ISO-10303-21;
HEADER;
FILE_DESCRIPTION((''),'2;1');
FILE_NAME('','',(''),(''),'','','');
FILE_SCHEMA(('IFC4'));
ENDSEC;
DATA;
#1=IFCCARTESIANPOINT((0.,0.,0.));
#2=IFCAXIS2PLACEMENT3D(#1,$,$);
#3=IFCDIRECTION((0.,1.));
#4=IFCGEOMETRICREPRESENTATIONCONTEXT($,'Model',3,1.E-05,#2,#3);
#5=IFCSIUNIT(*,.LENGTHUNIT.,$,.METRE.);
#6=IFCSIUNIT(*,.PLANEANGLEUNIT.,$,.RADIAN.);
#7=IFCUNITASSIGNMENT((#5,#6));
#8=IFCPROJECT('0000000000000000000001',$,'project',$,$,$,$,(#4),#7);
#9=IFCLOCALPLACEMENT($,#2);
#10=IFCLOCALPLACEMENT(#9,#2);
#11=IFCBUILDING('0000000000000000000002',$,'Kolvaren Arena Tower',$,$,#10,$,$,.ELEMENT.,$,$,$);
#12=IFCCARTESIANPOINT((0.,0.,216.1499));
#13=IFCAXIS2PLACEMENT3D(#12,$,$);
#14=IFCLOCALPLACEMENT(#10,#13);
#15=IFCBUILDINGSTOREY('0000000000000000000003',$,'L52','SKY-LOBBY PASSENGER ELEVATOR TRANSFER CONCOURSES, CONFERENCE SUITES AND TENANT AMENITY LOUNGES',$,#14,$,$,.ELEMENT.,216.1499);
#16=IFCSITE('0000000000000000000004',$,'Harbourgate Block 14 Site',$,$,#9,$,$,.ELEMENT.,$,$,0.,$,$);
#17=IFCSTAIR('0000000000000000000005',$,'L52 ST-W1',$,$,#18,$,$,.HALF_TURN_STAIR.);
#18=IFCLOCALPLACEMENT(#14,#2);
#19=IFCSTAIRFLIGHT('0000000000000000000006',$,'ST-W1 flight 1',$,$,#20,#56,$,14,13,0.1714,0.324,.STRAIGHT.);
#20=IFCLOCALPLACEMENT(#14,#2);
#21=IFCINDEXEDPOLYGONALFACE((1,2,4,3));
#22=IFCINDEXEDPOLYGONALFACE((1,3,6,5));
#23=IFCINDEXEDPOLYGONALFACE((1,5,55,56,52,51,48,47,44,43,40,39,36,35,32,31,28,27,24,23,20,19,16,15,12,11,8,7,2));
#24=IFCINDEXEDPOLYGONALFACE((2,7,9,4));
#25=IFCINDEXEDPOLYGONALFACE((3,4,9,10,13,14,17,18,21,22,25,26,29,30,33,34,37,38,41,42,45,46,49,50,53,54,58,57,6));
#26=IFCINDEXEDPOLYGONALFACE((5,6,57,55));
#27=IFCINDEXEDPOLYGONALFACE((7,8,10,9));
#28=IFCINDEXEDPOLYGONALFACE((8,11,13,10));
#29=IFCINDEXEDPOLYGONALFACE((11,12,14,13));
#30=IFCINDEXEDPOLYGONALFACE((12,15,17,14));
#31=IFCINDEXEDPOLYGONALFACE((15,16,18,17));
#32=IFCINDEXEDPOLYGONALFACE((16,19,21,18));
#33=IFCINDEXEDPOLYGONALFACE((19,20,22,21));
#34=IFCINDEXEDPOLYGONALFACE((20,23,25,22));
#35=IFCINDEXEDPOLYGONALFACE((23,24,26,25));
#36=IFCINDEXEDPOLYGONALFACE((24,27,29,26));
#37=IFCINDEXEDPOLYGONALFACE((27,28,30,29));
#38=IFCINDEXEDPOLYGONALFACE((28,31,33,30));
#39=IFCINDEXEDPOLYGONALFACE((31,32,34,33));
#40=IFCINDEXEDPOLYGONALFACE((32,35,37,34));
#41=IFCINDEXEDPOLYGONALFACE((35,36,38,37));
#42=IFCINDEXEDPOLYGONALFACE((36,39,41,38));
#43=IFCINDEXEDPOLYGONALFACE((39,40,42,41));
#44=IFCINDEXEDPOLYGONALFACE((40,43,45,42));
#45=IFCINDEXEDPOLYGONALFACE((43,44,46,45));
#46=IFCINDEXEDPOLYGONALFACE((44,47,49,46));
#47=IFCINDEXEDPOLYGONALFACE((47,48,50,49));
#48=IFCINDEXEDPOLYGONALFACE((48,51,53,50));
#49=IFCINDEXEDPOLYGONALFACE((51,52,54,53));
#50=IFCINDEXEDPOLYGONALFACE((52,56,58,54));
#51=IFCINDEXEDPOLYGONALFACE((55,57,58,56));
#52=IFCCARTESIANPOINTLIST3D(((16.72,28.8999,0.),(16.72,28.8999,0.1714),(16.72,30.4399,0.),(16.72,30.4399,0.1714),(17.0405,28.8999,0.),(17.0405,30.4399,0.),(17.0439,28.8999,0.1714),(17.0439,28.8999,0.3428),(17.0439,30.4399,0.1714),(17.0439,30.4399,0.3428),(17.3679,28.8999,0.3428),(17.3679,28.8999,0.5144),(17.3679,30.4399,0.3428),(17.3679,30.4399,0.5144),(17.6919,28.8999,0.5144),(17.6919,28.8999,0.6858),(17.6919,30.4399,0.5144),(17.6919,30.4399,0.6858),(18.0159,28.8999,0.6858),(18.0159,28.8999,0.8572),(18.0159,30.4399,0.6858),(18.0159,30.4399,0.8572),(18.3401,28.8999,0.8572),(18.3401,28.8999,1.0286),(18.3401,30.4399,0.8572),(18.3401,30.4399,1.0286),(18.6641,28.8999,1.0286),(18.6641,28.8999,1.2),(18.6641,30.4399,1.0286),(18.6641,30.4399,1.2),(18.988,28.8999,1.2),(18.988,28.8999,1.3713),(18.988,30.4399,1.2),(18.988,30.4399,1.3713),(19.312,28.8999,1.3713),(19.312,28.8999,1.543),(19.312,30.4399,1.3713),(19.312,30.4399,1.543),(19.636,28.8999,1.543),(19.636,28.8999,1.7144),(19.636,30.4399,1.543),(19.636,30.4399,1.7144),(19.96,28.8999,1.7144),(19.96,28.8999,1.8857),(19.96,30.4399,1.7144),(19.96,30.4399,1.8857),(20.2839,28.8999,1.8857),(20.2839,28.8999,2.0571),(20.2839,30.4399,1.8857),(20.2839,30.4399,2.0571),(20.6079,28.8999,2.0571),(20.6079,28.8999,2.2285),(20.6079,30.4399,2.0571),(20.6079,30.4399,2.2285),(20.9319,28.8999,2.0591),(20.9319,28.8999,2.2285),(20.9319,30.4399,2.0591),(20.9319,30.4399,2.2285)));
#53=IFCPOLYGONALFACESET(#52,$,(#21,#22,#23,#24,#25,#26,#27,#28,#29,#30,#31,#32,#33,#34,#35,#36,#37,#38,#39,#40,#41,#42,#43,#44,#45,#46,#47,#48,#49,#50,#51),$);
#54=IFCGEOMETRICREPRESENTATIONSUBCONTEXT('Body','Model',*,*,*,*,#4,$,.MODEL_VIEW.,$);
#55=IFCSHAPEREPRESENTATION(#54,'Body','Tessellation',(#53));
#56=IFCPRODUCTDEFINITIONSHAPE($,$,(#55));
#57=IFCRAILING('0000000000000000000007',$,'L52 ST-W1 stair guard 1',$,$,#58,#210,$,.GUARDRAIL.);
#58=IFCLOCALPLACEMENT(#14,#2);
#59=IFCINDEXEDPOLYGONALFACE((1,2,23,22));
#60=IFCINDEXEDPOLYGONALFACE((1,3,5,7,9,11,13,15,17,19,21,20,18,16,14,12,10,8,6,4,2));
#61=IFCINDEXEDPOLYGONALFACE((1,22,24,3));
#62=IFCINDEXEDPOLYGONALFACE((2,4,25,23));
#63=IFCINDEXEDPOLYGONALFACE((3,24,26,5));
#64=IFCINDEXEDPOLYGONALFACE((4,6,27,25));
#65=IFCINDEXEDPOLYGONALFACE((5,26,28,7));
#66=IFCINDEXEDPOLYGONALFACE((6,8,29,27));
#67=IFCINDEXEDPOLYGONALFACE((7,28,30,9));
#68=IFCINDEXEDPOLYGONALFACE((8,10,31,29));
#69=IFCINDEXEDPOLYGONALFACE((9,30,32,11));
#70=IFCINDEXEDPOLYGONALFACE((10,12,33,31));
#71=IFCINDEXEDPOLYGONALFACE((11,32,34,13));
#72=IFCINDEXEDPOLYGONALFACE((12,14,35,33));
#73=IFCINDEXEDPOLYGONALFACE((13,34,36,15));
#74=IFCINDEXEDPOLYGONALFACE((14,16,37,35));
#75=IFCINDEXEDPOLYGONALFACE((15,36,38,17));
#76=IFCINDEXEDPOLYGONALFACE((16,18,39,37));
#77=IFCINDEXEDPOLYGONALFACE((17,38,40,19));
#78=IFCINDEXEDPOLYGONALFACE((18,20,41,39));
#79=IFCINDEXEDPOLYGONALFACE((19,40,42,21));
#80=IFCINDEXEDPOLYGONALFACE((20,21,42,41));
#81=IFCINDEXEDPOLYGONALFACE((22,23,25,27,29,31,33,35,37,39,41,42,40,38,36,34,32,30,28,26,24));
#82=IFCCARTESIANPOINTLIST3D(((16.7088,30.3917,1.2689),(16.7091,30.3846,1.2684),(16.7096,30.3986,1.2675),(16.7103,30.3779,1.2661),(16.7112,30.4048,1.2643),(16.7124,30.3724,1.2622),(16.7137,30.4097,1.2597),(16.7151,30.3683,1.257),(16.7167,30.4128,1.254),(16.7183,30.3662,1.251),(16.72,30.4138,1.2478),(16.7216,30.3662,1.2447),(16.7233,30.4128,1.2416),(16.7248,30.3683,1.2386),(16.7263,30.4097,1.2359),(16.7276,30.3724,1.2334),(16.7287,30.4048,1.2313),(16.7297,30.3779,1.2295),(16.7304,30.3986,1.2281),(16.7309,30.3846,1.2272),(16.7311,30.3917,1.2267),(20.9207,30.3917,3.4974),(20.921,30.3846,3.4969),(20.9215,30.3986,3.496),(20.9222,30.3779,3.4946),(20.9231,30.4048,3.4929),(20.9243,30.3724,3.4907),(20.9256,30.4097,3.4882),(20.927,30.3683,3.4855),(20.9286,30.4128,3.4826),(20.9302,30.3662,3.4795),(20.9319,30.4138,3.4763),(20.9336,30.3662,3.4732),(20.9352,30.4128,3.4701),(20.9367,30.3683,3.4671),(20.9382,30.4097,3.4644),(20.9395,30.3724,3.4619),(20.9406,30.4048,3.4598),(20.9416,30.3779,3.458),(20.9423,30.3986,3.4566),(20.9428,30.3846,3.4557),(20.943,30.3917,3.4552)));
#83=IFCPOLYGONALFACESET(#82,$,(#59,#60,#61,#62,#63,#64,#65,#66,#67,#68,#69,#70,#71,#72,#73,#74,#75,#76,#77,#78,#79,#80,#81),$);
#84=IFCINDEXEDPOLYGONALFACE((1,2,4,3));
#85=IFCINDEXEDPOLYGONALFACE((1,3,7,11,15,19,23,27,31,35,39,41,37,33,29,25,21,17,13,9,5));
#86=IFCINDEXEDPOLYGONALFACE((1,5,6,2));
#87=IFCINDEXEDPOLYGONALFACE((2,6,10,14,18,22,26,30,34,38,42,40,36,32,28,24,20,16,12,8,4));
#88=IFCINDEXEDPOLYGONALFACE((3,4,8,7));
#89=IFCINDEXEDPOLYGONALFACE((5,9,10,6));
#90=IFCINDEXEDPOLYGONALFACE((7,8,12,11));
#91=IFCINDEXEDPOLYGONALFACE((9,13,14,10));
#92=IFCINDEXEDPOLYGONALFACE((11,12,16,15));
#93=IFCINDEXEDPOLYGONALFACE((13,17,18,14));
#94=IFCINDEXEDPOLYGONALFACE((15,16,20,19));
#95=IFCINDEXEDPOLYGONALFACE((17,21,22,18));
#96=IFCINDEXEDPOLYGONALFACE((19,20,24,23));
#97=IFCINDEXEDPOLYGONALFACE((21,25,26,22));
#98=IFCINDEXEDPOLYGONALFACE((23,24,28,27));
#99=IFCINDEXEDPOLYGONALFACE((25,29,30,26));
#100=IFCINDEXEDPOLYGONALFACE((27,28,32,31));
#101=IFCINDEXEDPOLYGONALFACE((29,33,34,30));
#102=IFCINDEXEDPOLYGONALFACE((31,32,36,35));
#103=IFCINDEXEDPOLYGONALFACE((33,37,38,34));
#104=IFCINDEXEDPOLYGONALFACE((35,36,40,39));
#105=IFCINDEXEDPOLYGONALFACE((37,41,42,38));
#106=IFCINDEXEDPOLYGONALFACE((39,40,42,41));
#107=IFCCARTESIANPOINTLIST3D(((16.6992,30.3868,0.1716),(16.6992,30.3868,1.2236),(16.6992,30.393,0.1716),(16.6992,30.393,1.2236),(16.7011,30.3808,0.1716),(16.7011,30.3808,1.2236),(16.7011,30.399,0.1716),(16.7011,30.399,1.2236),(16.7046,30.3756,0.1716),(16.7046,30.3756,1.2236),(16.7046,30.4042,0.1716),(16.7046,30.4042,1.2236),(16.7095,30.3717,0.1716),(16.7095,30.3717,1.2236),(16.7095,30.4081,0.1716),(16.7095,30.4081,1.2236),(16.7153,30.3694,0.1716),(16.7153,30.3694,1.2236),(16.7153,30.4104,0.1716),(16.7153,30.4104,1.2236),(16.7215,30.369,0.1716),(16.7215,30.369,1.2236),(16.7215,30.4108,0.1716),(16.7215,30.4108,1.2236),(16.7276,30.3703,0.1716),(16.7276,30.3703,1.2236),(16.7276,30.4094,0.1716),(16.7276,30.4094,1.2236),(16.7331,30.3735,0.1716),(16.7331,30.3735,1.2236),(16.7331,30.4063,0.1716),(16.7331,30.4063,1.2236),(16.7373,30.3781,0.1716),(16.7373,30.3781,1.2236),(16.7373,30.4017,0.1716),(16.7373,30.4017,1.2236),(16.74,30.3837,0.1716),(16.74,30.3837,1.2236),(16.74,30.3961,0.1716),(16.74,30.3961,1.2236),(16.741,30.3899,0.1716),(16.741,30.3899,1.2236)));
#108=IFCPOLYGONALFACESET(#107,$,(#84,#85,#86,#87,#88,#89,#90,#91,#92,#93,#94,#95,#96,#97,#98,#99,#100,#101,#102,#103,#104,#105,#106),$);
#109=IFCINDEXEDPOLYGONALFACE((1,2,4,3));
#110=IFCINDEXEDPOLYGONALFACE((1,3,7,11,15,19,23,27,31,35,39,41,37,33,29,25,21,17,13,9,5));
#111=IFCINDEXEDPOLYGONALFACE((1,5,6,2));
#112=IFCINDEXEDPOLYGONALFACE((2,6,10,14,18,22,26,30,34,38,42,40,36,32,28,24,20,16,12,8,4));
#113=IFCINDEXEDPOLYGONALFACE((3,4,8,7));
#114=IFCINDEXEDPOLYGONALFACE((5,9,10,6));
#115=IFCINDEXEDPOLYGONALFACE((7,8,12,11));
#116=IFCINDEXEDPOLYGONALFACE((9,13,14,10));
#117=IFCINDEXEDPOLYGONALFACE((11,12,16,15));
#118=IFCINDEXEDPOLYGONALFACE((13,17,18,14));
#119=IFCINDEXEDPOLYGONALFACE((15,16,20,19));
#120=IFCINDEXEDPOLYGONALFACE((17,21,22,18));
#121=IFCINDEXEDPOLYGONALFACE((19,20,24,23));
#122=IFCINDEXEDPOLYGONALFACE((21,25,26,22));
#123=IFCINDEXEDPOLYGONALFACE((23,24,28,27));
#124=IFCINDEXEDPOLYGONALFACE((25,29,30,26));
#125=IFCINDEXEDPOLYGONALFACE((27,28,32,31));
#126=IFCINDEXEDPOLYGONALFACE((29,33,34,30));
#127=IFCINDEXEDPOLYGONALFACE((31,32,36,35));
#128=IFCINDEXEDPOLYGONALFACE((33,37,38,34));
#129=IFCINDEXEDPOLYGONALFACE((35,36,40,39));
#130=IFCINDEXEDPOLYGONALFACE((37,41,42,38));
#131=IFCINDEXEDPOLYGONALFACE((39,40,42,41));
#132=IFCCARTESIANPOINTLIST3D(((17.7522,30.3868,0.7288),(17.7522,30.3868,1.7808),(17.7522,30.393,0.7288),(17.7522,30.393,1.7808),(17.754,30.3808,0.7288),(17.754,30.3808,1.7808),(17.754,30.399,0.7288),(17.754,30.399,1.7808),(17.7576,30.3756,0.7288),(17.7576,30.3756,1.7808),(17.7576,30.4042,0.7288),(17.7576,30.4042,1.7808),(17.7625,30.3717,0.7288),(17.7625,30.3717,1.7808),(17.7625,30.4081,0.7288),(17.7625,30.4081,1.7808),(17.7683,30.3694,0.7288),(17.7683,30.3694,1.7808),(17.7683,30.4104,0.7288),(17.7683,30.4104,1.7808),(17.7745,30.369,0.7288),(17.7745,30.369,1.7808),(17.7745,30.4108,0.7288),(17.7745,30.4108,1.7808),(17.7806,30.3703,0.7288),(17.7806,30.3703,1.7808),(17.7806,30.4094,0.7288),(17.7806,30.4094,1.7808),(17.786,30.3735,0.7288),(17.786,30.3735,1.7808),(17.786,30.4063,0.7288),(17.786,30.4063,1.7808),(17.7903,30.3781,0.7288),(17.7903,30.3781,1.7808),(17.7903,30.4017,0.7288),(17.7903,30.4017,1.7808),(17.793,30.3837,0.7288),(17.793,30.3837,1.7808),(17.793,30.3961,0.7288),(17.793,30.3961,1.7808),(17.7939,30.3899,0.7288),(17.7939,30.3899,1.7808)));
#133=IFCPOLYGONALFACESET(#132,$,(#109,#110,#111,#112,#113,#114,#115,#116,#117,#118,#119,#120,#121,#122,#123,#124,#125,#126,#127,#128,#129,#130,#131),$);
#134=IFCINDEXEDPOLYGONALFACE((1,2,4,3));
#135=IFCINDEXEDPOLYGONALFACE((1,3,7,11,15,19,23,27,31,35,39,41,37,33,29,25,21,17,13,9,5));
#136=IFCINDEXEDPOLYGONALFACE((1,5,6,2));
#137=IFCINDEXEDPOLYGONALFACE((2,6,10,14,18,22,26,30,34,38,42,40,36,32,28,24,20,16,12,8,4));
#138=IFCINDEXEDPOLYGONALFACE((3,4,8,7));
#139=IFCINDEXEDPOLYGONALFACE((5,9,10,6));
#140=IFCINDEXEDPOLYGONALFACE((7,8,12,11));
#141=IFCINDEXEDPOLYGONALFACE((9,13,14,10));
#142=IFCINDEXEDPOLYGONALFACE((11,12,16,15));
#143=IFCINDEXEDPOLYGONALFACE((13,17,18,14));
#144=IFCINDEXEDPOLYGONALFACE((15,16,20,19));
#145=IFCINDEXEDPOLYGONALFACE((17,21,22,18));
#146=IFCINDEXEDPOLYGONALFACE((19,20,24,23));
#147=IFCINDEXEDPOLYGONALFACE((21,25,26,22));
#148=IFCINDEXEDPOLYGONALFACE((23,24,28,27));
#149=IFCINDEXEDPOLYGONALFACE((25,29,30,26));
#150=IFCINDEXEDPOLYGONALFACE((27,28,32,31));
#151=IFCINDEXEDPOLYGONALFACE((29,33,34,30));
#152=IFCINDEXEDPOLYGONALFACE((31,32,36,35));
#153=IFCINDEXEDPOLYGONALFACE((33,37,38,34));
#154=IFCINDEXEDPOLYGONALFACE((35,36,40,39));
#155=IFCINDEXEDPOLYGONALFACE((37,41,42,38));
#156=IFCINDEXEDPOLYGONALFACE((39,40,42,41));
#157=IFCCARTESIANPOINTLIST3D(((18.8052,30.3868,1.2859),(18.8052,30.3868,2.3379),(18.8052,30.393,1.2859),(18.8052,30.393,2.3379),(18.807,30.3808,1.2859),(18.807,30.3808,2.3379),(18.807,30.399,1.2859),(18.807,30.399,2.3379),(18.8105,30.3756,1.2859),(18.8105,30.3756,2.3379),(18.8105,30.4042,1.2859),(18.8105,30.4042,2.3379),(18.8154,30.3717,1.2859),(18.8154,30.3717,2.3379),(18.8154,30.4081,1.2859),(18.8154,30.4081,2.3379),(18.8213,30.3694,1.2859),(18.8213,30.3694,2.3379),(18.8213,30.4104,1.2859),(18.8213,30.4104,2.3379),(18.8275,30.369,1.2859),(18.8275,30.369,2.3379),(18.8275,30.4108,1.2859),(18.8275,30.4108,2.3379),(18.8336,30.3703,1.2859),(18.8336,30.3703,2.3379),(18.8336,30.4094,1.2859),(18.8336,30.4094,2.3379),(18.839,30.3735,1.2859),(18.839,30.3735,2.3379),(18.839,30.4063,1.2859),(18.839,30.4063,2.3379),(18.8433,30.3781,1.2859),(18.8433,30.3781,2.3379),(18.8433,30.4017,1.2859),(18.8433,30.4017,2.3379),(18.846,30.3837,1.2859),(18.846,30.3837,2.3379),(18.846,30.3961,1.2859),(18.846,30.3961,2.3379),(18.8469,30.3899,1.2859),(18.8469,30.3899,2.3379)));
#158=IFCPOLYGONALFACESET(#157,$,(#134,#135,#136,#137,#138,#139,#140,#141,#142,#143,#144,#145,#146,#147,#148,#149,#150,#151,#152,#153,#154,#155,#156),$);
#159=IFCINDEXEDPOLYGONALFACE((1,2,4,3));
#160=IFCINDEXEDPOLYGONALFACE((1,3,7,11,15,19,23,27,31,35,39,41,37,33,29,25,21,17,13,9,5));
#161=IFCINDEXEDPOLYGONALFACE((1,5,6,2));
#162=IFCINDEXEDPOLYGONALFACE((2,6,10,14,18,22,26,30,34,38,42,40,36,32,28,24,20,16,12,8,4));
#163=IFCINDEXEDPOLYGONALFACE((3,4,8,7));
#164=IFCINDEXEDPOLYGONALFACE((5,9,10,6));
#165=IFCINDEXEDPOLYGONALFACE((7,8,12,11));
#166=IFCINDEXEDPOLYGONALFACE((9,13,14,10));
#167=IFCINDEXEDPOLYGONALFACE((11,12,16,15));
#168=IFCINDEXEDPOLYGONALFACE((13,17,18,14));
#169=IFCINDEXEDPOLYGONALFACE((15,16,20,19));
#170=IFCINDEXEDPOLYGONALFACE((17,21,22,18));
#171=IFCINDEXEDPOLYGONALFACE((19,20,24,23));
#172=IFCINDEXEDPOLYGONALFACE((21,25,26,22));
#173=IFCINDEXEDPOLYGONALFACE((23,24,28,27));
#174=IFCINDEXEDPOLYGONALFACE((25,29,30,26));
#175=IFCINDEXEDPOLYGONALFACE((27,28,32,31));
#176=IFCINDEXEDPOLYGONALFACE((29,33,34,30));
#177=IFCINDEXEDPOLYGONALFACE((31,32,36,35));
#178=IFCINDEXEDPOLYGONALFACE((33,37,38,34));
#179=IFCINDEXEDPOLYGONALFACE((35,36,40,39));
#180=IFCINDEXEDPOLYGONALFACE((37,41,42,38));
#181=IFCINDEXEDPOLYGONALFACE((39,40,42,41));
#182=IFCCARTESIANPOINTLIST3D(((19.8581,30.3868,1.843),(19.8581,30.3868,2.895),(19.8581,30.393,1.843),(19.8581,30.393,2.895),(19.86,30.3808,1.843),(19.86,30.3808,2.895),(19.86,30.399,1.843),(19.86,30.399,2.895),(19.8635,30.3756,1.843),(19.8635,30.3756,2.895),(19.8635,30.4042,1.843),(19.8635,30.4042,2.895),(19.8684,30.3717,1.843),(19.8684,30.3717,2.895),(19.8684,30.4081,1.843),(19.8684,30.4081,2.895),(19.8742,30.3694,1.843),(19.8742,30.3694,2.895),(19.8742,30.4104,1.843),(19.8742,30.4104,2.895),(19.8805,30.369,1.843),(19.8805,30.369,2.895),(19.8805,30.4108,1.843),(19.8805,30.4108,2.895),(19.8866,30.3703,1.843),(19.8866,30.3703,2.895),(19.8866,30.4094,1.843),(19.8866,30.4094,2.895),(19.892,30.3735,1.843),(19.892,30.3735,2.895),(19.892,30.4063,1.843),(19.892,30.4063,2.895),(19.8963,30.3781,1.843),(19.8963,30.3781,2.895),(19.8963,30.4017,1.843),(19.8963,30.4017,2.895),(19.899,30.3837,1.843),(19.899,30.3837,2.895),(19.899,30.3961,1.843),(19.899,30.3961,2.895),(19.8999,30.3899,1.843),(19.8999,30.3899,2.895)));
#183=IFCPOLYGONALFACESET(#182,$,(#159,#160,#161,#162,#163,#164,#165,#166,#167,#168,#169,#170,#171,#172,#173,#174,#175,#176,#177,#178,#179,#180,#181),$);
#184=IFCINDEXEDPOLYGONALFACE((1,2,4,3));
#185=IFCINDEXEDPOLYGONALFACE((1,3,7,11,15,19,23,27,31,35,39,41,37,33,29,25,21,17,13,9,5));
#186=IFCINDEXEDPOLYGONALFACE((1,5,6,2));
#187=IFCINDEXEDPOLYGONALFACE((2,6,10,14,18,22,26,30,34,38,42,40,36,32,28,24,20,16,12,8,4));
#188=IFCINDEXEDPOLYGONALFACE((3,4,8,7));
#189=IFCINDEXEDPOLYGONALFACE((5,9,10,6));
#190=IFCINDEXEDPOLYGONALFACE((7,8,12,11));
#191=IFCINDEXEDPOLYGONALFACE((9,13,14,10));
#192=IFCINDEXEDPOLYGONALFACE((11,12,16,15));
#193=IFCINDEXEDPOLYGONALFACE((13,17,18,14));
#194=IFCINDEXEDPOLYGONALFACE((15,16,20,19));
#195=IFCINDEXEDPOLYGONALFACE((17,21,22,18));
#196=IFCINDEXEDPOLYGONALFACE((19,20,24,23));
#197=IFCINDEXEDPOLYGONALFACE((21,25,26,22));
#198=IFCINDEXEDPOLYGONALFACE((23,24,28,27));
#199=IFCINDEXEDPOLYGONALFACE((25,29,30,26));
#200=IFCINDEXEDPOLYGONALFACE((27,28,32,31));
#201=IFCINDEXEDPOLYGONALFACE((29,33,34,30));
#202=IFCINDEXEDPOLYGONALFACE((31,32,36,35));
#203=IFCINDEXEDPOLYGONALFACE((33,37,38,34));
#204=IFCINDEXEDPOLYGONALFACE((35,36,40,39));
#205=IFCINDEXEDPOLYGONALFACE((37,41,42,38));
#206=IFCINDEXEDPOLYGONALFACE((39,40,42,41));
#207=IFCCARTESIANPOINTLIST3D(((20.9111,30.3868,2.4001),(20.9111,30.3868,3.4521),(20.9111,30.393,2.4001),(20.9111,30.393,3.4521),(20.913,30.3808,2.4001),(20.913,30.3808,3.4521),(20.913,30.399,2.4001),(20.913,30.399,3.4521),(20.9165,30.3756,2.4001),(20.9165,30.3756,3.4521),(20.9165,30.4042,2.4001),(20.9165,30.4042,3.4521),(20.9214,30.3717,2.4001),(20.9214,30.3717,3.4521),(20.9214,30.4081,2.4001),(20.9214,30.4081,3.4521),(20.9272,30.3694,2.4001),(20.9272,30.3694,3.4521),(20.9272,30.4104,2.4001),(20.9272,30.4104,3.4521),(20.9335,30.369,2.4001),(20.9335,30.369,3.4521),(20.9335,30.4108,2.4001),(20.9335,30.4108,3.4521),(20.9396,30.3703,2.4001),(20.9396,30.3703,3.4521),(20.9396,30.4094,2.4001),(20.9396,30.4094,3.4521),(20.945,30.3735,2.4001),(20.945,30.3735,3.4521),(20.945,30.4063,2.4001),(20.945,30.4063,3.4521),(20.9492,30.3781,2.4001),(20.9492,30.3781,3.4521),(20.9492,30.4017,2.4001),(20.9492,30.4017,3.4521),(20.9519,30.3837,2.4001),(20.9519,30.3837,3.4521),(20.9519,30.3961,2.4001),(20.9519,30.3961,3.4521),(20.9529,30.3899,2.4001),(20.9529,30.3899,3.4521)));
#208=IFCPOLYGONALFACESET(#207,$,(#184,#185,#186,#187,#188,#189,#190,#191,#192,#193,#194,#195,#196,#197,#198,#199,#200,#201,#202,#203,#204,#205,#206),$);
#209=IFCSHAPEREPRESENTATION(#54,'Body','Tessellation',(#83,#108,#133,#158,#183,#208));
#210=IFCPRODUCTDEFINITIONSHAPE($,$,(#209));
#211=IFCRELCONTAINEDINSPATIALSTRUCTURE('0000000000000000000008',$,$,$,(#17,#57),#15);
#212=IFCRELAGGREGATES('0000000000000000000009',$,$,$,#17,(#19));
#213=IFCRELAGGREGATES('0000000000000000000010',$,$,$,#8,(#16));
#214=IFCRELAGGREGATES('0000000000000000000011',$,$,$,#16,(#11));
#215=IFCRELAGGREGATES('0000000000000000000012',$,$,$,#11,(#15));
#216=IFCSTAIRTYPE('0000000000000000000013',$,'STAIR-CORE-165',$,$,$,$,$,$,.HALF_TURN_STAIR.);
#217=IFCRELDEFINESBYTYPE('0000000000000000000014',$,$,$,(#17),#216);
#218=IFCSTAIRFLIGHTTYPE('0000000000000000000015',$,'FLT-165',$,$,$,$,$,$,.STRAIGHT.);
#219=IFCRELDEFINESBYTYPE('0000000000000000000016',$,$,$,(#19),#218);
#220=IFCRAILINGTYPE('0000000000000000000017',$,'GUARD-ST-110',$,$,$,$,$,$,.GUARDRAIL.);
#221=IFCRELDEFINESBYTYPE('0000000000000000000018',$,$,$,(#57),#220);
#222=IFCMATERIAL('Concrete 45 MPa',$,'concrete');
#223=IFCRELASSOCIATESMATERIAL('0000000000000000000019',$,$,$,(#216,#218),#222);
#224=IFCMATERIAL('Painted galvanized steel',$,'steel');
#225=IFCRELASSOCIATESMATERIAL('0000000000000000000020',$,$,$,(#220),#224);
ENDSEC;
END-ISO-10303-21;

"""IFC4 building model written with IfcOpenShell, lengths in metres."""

from ifc_helpers import new_model, si_unit, direction, frame, origin, origin_2d, place, context, subcontext, project, spatial, polyline, circle, outline, extrude, material, type_object, element, aggregate, save


model = new_model("IFC4")

# Units and contexts
model_context = context("Model", 3, precision=1e-05, world=origin(), true_north=direction((0.0, 1.0)))
body_context = subcontext(model_context, "Body", "Model", "MODEL_VIEW")
ifc_project = project(units=[si_unit("LENGTHUNIT", "METRE"), si_unit("PLANEANGLEUNIT", "RADIAN")], contexts=[model_context])

# Site, building, storey
site_placement = place(None, origin())
site = spatial("IfcSite", under=ifc_project, at=site_placement, Name="Harbourgate Block 14 Site", CompositionType="ELEMENT", RefElevation=0.0)
building_placement = place(site_placement, origin())
building = spatial("IfcBuilding", under=site, at=building_placement, Name="Kolvaren Arena Tower", CompositionType="ELEMENT")
storey_placement = place(building_placement, frame((0.0, 0.0, 216.1499)))
storey = spatial("IfcBuildingStorey", under=building, at=storey_placement, Name="L52", Description="SKY-LOBBY PASSENGER ELEVATOR TRANSFER CONCOURSES, CONFERENCE SUITES AND TENANT AMENITY LOUNGES", CompositionType="ELEMENT", Elevation=216.1499)

# Shared definitions
ifc_material_1 = material(Name="Concrete 45 MPa", Category="concrete")

# Stair, stair flight
stair_type = type_object("IfcStairType", Name="STAIR-CORE-165", PredefinedType="HALF_TURN_STAIR", material=ifc_material_1)
stair_placement = place(storey_placement, origin())
stair = element("IfcStair", 1, at=stair_placement, inside=storey, type_object=stair_type, Name="L52 ST-W1", PredefinedType="HALF_TURN_STAIR")
stair_flight_type = type_object("IfcStairFlightType", Name="FLT-165", PredefinedType="STRAIGHT", material=ifc_material_1)
stair_flight_placement = place(storey_placement, frame((16.72, 29.6699, 0.0), z_axis=(0.0, 0.0, 1.0), x_axis=(1.0, 0.0, 0.0)))
stair_flight = element("IfcStairFlight", 2, at=stair_flight_placement, type_object=stair_flight_type, Name="ST-W1 flight 1", NumberOfRisers=14, NumberOfTreads=13, PredefinedType="STRAIGHT", RiserHeight=0.1714, TreadLength=0.324, context=body_context, shape_type="SweptSolid", body=[
    extrude(outline(polyline([(0.0, 0.0), (0.0, 0.1714), (0.324, 0.1714), (0.324, 0.3428), (0.6479, 0.3428), (0.6479, 0.5144), (0.9719, 0.5144), (0.9719, 0.6858), (1.2959, 0.6858), (1.2959, 0.8572), (1.6201, 0.8572), (1.6201, 1.0286), (1.9441, 1.0286), (1.9441, 1.2), (2.2681, 1.2), (2.2681, 1.3713), (2.592, 1.3713), (2.592, 1.543), (2.916, 1.543), (2.916, 1.7144), (3.24, 1.7144), (3.24, 1.8857), (3.564, 1.8857), (3.564, 2.0571), (3.8879, 2.0571), (3.8879, 2.2285), (4.2119, 2.2285), (4.2119, 2.3999), (4.2119, 2.0591), (0.3206, 0.0), (0.0, 0.0)])), frame((0.0, 0.77, 0.0), z_axis=(0.0, -1.0, 0.0), x_axis=(1.0, 0.0, 0.0)), (0.0, 0.0, 1.0), 1.54),
])
aggregate(stair, [stair_flight])

# Railing
ifc_material_2 = material(Name="Painted galvanized steel", Category="steel")
railing_type_1 = type_object("IfcRailingType", Name="GUARD-ST-110", PredefinedType="GUARDRAIL", material=ifc_material_2)
railing_1_placement = place(storey_placement, frame((16.72, 30.3899, 0.1716)))
element("IfcRailing", 3, at=railing_1_placement, inside=storey, type_object=railing_type_1, Name="L52 ST-W1 stair guard 1", PredefinedType="GUARDRAIL", context=body_context, shape_type="SweptSolid", body=[
    extrude(circle(Radius=0.0239, at=origin_2d()), frame((0.0, 0.0, 1.0762), z_axis=(0.883903, 0.0, 0.467671), x_axis=(0.0, 1.0, 0.0)), (0.0, 0.0, 1.0), 4.7651),
    extrude(circle(Radius=0.021, at=origin_2d()), origin(), (0.0, 0.0, 1.0), 1.052),
    extrude(circle(Radius=0.021, at=origin_2d()), frame((1.053, 0.0, 0.5571)), (0.0, 0.0, 1.0), 1.052),
    extrude(circle(Radius=0.021, at=origin_2d()), frame((2.106, 0.0, 1.1143)), (0.0, 0.0, 1.0), 1.052),
    extrude(circle(Radius=0.021, at=origin_2d()), frame((3.1589, 0.0, 1.6714)), (0.0, 0.0, 1.0), 1.052),
    extrude(circle(Radius=0.021, at=origin_2d()), frame((4.2119, 0.0, 2.2285)), (0.0, 0.0, 1.0), 1.052),
])

save(model, "model.ifc")
